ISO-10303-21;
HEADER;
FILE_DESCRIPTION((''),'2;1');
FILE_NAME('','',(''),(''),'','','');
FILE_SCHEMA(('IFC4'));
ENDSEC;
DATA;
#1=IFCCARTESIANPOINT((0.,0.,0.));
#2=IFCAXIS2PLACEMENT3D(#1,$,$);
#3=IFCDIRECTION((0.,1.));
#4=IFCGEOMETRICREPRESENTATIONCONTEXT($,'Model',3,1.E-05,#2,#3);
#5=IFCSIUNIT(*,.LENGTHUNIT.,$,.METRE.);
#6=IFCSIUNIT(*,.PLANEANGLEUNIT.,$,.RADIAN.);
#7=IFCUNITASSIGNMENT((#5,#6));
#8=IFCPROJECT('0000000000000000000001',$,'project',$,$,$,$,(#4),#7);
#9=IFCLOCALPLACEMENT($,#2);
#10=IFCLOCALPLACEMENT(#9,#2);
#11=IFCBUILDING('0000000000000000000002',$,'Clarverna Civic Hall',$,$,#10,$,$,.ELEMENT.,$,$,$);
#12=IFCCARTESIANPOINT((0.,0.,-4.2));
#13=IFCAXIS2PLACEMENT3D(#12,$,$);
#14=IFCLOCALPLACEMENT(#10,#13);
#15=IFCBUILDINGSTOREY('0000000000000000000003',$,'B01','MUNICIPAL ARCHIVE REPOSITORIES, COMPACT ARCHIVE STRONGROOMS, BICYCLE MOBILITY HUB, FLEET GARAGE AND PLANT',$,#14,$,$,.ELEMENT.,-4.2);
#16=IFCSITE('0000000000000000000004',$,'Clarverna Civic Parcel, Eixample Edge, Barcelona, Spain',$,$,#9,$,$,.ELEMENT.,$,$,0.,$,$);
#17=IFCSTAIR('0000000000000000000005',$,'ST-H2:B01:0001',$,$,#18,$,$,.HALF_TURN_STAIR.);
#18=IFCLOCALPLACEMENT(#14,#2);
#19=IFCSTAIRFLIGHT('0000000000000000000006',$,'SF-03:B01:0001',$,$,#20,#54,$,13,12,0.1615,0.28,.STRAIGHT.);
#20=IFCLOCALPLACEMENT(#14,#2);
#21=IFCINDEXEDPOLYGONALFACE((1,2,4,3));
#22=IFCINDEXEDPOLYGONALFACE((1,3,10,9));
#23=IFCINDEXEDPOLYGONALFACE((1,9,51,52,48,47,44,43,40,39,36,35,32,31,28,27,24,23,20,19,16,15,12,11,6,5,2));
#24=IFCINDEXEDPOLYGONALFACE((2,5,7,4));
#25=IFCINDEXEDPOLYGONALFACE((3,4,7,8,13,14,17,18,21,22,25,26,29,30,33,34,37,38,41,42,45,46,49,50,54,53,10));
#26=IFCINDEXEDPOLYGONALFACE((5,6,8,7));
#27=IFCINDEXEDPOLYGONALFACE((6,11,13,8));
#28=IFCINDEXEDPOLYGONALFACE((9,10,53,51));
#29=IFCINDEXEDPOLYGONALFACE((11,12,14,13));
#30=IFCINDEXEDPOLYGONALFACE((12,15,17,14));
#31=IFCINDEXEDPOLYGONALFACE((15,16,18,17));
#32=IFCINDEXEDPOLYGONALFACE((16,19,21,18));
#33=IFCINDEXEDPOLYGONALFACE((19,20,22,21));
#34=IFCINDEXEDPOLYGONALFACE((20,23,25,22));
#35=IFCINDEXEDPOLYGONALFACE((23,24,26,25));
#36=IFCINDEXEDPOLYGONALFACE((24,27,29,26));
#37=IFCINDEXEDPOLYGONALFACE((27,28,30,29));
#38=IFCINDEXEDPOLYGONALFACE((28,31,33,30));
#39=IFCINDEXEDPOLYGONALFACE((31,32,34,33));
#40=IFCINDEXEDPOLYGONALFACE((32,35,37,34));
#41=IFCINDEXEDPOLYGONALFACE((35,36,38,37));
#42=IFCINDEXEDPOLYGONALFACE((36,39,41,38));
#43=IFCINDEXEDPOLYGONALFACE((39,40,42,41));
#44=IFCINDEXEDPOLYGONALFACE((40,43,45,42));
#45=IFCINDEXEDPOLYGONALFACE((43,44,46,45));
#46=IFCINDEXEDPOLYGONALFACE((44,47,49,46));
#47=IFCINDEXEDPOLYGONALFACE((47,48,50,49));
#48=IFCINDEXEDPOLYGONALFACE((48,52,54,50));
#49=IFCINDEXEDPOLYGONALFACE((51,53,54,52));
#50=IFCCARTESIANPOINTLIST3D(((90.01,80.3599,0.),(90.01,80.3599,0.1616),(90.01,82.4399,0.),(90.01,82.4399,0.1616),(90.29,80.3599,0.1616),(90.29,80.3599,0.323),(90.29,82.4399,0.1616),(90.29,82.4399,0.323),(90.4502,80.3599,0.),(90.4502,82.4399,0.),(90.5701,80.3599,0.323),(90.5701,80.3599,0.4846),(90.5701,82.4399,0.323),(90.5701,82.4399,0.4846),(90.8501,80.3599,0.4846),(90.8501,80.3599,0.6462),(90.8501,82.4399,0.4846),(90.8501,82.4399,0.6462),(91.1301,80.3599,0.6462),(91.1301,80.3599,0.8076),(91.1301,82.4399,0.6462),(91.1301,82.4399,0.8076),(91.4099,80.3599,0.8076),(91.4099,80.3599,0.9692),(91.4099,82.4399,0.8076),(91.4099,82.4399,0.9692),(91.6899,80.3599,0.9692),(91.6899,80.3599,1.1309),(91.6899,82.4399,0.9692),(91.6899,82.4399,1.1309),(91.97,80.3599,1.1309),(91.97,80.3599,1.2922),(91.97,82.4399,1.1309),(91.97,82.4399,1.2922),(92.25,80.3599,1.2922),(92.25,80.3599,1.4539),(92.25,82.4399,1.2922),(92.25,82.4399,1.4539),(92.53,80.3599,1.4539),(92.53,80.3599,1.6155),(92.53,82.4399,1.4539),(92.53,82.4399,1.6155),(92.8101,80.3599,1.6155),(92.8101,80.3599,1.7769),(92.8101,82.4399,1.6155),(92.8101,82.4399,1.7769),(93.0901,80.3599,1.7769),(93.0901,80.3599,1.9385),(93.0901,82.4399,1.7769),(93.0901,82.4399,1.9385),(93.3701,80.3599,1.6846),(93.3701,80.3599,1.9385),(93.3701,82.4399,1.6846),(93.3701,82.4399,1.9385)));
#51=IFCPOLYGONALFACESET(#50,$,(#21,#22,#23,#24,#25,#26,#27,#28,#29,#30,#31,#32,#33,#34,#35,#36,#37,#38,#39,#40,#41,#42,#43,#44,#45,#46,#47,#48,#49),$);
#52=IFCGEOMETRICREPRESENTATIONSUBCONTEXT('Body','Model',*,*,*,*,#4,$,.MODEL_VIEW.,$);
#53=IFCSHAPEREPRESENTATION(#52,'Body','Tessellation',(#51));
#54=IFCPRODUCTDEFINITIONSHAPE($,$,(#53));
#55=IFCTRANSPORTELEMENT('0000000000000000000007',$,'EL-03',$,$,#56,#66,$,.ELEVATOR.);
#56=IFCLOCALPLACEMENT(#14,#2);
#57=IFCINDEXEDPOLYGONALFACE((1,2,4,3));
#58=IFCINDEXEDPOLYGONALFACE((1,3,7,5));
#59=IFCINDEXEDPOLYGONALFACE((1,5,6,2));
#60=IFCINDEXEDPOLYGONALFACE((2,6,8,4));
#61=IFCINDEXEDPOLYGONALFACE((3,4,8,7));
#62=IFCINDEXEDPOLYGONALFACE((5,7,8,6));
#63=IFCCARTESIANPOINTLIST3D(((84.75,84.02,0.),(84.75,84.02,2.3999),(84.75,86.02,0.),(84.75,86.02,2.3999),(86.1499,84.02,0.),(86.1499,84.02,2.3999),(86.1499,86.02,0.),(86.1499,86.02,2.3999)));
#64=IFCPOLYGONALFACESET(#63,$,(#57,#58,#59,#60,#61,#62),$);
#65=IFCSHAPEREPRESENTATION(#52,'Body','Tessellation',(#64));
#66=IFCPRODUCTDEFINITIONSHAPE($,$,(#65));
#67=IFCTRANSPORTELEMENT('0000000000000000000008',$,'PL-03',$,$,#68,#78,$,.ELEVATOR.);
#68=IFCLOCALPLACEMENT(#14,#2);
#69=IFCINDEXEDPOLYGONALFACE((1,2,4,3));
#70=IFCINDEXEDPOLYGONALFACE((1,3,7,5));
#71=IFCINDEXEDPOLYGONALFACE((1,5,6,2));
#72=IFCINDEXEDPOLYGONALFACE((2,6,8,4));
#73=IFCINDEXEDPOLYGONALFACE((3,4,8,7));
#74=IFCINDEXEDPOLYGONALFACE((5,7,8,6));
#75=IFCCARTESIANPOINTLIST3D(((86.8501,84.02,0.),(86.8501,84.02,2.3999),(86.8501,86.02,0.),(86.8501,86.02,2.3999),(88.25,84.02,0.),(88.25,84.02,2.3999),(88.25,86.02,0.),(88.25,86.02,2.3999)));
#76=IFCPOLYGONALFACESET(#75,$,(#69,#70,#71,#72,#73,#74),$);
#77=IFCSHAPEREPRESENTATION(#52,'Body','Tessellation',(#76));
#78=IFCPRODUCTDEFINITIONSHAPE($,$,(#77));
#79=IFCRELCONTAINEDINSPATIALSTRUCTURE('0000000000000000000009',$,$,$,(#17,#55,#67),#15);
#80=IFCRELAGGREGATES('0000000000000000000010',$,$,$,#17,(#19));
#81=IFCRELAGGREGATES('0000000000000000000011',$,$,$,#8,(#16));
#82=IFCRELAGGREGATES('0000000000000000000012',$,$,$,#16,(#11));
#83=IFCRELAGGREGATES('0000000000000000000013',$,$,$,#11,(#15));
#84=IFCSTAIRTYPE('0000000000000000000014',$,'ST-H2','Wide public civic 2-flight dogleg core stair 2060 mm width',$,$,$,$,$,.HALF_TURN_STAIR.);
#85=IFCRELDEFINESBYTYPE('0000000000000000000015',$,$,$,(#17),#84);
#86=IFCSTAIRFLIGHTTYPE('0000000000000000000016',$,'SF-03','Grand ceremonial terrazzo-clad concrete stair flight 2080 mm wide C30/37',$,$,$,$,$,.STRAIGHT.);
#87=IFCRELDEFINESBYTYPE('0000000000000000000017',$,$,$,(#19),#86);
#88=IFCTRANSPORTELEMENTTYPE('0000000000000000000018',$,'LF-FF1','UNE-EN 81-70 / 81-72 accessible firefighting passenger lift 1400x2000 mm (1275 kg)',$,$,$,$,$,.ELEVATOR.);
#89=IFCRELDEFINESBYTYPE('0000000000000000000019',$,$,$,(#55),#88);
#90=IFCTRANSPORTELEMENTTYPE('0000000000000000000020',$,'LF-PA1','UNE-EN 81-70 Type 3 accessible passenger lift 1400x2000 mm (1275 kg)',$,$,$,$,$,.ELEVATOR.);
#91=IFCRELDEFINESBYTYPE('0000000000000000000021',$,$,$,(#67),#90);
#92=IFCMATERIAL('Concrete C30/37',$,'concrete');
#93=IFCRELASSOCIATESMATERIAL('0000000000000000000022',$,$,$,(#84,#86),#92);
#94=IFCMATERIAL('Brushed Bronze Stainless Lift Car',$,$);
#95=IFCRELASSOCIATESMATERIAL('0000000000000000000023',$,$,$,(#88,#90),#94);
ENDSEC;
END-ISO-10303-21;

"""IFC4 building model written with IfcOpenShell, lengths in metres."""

from ifc_helpers import new_model, si_unit, direction, frame, origin, origin_2d, place, context, subcontext, project, spatial, polyline, rectangle, outline, extrude, material, type_object, element, aggregate, save


model = new_model("IFC4")

# Units and contexts
model_context = context("Model", 3, precision=1e-05, world=origin(), true_north=direction((0.0, 1.0)))
body_context = subcontext(model_context, "Body", "Model", "MODEL_VIEW")
ifc_project = project(units=[si_unit("LENGTHUNIT", "METRE"), si_unit("PLANEANGLEUNIT", "RADIAN")], contexts=[model_context])

# Site, building, storey
site_placement = place(None, origin())
site = spatial("IfcSite", under=ifc_project, at=site_placement, Name="Clarverna Civic Parcel, Eixample Edge, Barcelona, Spain", CompositionType="ELEMENT", RefElevation=0.0)
building_placement = place(site_placement, origin())
building = spatial("IfcBuilding", under=site, at=building_placement, Name="Clarverna Civic Hall", CompositionType="ELEMENT")
storey_placement = place(building_placement, frame((0.0, 0.0, -4.2)))
storey = spatial("IfcBuildingStorey", under=building, at=storey_placement, Name="B01", Description="MUNICIPAL ARCHIVE REPOSITORIES, COMPACT ARCHIVE STRONGROOMS, BICYCLE MOBILITY HUB, FLEET GARAGE AND PLANT", CompositionType="ELEMENT", Elevation=-4.2)

# Shared definitions
ifc_material_1 = material(Name="Concrete C30/37", Category="concrete")

# Stair, stair flight
stair_type = type_object("IfcStairType", Name="ST-H2", Description="Wide public civic 2-flight dogleg core stair 2060 mm width", PredefinedType="HALF_TURN_STAIR", material=ifc_material_1)
stair_placement = place(storey_placement, origin())
stair = element("IfcStair", 1, at=stair_placement, inside=storey, type_object=stair_type, Name="ST-H2:B01:0001", PredefinedType="HALF_TURN_STAIR")
stair_flight_type = type_object("IfcStairFlightType", Name="SF-03", Description="Grand ceremonial terrazzo-clad concrete stair flight 2080 mm wide C30/37", PredefinedType="STRAIGHT", material=ifc_material_1)
stair_flight_placement = place(storey_placement, frame((90.01, 81.3999, 0.0), z_axis=(0.0, 0.0, 1.0), x_axis=(1.0, 0.0, 0.0)))
stair_flight = element("IfcStairFlight", 2, at=stair_flight_placement, type_object=stair_flight_type, Name="SF-03:B01:0001", NumberOfRisers=13, NumberOfTreads=12, PredefinedType="STRAIGHT", RiserHeight=0.1615, TreadLength=0.28, context=body_context, shape_type="SweptSolid", body=[
    extrude(outline(polyline([(0.0, 0.0), (0.0, 0.1616), (0.28, 0.1616), (0.28, 0.323), (0.5601, 0.323), (0.5601, 0.4846), (0.8401, 0.4846), (0.8401, 0.6462), (1.1201, 0.6462), (1.1201, 0.8076), (1.3999, 0.8076), (1.3999, 0.9692), (1.6799, 0.9692), (1.6799, 1.1309), (1.96, 1.1309), (1.96, 1.2922), (2.24, 1.2922), (2.24, 1.4539), (2.52, 1.4539), (2.52, 1.6155), (2.8, 1.6155), (2.8, 1.7769), (3.0801, 1.7769), (3.0801, 1.9385), (3.3601, 1.9385), (3.3601, 2.1001), (3.3601, 1.6846), (0.4402, 0.0), (0.0, 0.0)])), frame((0.0, 1.04, 0.0), z_axis=(0.0, -1.0, 0.0), x_axis=(1.0, 0.0, 0.0)), (0.0, 0.0, 1.0), 2.0801),
])
aggregate(stair, [stair_flight])

# Transport elements
ifc_material_2 = material(Name="Brushed Bronze Stainless Lift Car")
transport_element_type_1 = type_object("IfcTransportElementType", Name="LF-FF1", Description="UNE-EN 81-70 / 81-72 accessible firefighting passenger lift 1400x2000 mm (1275 kg)", PredefinedType="ELEVATOR", material=ifc_material_2)
transport_element_1_placement = place(storey_placement, frame((85.45, 85.02, 0.0), z_axis=(0.0, 0.0, 1.0), x_axis=(1.0, 0.0, 0.0)))
element("IfcTransportElement", 3, at=transport_element_1_placement, inside=storey, type_object=transport_element_type_1, Name="EL-03", PredefinedType="ELEVATOR", context=body_context, shape_type="SweptSolid", body=[
    extrude(rectangle(XDim=1.3999, YDim=2.0, at=origin_2d()), origin(), (0.0, 0.0, 1.0), 2.3999),
])
transport_element_type_2 = type_object("IfcTransportElementType", Name="LF-PA1", Description="UNE-EN 81-70 Type 3 accessible passenger lift 1400x2000 mm (1275 kg)", PredefinedType="ELEVATOR", material=ifc_material_2)
transport_element_2_placement = place(storey_placement, frame((87.55, 85.02, 0.0), z_axis=(0.0, 0.0, 1.0), x_axis=(1.0, 0.0, 0.0)))
element("IfcTransportElement", 4, at=transport_element_2_placement, inside=storey, type_object=transport_element_type_2, Name="PL-03", PredefinedType="ELEVATOR", context=body_context, shape_type="SweptSolid", body=[
    extrude(rectangle(XDim=1.3999, YDim=2.0, at=origin_2d()), origin(), (0.0, 0.0, 1.0), 2.3999),
])

save(model, "model.ifc")
